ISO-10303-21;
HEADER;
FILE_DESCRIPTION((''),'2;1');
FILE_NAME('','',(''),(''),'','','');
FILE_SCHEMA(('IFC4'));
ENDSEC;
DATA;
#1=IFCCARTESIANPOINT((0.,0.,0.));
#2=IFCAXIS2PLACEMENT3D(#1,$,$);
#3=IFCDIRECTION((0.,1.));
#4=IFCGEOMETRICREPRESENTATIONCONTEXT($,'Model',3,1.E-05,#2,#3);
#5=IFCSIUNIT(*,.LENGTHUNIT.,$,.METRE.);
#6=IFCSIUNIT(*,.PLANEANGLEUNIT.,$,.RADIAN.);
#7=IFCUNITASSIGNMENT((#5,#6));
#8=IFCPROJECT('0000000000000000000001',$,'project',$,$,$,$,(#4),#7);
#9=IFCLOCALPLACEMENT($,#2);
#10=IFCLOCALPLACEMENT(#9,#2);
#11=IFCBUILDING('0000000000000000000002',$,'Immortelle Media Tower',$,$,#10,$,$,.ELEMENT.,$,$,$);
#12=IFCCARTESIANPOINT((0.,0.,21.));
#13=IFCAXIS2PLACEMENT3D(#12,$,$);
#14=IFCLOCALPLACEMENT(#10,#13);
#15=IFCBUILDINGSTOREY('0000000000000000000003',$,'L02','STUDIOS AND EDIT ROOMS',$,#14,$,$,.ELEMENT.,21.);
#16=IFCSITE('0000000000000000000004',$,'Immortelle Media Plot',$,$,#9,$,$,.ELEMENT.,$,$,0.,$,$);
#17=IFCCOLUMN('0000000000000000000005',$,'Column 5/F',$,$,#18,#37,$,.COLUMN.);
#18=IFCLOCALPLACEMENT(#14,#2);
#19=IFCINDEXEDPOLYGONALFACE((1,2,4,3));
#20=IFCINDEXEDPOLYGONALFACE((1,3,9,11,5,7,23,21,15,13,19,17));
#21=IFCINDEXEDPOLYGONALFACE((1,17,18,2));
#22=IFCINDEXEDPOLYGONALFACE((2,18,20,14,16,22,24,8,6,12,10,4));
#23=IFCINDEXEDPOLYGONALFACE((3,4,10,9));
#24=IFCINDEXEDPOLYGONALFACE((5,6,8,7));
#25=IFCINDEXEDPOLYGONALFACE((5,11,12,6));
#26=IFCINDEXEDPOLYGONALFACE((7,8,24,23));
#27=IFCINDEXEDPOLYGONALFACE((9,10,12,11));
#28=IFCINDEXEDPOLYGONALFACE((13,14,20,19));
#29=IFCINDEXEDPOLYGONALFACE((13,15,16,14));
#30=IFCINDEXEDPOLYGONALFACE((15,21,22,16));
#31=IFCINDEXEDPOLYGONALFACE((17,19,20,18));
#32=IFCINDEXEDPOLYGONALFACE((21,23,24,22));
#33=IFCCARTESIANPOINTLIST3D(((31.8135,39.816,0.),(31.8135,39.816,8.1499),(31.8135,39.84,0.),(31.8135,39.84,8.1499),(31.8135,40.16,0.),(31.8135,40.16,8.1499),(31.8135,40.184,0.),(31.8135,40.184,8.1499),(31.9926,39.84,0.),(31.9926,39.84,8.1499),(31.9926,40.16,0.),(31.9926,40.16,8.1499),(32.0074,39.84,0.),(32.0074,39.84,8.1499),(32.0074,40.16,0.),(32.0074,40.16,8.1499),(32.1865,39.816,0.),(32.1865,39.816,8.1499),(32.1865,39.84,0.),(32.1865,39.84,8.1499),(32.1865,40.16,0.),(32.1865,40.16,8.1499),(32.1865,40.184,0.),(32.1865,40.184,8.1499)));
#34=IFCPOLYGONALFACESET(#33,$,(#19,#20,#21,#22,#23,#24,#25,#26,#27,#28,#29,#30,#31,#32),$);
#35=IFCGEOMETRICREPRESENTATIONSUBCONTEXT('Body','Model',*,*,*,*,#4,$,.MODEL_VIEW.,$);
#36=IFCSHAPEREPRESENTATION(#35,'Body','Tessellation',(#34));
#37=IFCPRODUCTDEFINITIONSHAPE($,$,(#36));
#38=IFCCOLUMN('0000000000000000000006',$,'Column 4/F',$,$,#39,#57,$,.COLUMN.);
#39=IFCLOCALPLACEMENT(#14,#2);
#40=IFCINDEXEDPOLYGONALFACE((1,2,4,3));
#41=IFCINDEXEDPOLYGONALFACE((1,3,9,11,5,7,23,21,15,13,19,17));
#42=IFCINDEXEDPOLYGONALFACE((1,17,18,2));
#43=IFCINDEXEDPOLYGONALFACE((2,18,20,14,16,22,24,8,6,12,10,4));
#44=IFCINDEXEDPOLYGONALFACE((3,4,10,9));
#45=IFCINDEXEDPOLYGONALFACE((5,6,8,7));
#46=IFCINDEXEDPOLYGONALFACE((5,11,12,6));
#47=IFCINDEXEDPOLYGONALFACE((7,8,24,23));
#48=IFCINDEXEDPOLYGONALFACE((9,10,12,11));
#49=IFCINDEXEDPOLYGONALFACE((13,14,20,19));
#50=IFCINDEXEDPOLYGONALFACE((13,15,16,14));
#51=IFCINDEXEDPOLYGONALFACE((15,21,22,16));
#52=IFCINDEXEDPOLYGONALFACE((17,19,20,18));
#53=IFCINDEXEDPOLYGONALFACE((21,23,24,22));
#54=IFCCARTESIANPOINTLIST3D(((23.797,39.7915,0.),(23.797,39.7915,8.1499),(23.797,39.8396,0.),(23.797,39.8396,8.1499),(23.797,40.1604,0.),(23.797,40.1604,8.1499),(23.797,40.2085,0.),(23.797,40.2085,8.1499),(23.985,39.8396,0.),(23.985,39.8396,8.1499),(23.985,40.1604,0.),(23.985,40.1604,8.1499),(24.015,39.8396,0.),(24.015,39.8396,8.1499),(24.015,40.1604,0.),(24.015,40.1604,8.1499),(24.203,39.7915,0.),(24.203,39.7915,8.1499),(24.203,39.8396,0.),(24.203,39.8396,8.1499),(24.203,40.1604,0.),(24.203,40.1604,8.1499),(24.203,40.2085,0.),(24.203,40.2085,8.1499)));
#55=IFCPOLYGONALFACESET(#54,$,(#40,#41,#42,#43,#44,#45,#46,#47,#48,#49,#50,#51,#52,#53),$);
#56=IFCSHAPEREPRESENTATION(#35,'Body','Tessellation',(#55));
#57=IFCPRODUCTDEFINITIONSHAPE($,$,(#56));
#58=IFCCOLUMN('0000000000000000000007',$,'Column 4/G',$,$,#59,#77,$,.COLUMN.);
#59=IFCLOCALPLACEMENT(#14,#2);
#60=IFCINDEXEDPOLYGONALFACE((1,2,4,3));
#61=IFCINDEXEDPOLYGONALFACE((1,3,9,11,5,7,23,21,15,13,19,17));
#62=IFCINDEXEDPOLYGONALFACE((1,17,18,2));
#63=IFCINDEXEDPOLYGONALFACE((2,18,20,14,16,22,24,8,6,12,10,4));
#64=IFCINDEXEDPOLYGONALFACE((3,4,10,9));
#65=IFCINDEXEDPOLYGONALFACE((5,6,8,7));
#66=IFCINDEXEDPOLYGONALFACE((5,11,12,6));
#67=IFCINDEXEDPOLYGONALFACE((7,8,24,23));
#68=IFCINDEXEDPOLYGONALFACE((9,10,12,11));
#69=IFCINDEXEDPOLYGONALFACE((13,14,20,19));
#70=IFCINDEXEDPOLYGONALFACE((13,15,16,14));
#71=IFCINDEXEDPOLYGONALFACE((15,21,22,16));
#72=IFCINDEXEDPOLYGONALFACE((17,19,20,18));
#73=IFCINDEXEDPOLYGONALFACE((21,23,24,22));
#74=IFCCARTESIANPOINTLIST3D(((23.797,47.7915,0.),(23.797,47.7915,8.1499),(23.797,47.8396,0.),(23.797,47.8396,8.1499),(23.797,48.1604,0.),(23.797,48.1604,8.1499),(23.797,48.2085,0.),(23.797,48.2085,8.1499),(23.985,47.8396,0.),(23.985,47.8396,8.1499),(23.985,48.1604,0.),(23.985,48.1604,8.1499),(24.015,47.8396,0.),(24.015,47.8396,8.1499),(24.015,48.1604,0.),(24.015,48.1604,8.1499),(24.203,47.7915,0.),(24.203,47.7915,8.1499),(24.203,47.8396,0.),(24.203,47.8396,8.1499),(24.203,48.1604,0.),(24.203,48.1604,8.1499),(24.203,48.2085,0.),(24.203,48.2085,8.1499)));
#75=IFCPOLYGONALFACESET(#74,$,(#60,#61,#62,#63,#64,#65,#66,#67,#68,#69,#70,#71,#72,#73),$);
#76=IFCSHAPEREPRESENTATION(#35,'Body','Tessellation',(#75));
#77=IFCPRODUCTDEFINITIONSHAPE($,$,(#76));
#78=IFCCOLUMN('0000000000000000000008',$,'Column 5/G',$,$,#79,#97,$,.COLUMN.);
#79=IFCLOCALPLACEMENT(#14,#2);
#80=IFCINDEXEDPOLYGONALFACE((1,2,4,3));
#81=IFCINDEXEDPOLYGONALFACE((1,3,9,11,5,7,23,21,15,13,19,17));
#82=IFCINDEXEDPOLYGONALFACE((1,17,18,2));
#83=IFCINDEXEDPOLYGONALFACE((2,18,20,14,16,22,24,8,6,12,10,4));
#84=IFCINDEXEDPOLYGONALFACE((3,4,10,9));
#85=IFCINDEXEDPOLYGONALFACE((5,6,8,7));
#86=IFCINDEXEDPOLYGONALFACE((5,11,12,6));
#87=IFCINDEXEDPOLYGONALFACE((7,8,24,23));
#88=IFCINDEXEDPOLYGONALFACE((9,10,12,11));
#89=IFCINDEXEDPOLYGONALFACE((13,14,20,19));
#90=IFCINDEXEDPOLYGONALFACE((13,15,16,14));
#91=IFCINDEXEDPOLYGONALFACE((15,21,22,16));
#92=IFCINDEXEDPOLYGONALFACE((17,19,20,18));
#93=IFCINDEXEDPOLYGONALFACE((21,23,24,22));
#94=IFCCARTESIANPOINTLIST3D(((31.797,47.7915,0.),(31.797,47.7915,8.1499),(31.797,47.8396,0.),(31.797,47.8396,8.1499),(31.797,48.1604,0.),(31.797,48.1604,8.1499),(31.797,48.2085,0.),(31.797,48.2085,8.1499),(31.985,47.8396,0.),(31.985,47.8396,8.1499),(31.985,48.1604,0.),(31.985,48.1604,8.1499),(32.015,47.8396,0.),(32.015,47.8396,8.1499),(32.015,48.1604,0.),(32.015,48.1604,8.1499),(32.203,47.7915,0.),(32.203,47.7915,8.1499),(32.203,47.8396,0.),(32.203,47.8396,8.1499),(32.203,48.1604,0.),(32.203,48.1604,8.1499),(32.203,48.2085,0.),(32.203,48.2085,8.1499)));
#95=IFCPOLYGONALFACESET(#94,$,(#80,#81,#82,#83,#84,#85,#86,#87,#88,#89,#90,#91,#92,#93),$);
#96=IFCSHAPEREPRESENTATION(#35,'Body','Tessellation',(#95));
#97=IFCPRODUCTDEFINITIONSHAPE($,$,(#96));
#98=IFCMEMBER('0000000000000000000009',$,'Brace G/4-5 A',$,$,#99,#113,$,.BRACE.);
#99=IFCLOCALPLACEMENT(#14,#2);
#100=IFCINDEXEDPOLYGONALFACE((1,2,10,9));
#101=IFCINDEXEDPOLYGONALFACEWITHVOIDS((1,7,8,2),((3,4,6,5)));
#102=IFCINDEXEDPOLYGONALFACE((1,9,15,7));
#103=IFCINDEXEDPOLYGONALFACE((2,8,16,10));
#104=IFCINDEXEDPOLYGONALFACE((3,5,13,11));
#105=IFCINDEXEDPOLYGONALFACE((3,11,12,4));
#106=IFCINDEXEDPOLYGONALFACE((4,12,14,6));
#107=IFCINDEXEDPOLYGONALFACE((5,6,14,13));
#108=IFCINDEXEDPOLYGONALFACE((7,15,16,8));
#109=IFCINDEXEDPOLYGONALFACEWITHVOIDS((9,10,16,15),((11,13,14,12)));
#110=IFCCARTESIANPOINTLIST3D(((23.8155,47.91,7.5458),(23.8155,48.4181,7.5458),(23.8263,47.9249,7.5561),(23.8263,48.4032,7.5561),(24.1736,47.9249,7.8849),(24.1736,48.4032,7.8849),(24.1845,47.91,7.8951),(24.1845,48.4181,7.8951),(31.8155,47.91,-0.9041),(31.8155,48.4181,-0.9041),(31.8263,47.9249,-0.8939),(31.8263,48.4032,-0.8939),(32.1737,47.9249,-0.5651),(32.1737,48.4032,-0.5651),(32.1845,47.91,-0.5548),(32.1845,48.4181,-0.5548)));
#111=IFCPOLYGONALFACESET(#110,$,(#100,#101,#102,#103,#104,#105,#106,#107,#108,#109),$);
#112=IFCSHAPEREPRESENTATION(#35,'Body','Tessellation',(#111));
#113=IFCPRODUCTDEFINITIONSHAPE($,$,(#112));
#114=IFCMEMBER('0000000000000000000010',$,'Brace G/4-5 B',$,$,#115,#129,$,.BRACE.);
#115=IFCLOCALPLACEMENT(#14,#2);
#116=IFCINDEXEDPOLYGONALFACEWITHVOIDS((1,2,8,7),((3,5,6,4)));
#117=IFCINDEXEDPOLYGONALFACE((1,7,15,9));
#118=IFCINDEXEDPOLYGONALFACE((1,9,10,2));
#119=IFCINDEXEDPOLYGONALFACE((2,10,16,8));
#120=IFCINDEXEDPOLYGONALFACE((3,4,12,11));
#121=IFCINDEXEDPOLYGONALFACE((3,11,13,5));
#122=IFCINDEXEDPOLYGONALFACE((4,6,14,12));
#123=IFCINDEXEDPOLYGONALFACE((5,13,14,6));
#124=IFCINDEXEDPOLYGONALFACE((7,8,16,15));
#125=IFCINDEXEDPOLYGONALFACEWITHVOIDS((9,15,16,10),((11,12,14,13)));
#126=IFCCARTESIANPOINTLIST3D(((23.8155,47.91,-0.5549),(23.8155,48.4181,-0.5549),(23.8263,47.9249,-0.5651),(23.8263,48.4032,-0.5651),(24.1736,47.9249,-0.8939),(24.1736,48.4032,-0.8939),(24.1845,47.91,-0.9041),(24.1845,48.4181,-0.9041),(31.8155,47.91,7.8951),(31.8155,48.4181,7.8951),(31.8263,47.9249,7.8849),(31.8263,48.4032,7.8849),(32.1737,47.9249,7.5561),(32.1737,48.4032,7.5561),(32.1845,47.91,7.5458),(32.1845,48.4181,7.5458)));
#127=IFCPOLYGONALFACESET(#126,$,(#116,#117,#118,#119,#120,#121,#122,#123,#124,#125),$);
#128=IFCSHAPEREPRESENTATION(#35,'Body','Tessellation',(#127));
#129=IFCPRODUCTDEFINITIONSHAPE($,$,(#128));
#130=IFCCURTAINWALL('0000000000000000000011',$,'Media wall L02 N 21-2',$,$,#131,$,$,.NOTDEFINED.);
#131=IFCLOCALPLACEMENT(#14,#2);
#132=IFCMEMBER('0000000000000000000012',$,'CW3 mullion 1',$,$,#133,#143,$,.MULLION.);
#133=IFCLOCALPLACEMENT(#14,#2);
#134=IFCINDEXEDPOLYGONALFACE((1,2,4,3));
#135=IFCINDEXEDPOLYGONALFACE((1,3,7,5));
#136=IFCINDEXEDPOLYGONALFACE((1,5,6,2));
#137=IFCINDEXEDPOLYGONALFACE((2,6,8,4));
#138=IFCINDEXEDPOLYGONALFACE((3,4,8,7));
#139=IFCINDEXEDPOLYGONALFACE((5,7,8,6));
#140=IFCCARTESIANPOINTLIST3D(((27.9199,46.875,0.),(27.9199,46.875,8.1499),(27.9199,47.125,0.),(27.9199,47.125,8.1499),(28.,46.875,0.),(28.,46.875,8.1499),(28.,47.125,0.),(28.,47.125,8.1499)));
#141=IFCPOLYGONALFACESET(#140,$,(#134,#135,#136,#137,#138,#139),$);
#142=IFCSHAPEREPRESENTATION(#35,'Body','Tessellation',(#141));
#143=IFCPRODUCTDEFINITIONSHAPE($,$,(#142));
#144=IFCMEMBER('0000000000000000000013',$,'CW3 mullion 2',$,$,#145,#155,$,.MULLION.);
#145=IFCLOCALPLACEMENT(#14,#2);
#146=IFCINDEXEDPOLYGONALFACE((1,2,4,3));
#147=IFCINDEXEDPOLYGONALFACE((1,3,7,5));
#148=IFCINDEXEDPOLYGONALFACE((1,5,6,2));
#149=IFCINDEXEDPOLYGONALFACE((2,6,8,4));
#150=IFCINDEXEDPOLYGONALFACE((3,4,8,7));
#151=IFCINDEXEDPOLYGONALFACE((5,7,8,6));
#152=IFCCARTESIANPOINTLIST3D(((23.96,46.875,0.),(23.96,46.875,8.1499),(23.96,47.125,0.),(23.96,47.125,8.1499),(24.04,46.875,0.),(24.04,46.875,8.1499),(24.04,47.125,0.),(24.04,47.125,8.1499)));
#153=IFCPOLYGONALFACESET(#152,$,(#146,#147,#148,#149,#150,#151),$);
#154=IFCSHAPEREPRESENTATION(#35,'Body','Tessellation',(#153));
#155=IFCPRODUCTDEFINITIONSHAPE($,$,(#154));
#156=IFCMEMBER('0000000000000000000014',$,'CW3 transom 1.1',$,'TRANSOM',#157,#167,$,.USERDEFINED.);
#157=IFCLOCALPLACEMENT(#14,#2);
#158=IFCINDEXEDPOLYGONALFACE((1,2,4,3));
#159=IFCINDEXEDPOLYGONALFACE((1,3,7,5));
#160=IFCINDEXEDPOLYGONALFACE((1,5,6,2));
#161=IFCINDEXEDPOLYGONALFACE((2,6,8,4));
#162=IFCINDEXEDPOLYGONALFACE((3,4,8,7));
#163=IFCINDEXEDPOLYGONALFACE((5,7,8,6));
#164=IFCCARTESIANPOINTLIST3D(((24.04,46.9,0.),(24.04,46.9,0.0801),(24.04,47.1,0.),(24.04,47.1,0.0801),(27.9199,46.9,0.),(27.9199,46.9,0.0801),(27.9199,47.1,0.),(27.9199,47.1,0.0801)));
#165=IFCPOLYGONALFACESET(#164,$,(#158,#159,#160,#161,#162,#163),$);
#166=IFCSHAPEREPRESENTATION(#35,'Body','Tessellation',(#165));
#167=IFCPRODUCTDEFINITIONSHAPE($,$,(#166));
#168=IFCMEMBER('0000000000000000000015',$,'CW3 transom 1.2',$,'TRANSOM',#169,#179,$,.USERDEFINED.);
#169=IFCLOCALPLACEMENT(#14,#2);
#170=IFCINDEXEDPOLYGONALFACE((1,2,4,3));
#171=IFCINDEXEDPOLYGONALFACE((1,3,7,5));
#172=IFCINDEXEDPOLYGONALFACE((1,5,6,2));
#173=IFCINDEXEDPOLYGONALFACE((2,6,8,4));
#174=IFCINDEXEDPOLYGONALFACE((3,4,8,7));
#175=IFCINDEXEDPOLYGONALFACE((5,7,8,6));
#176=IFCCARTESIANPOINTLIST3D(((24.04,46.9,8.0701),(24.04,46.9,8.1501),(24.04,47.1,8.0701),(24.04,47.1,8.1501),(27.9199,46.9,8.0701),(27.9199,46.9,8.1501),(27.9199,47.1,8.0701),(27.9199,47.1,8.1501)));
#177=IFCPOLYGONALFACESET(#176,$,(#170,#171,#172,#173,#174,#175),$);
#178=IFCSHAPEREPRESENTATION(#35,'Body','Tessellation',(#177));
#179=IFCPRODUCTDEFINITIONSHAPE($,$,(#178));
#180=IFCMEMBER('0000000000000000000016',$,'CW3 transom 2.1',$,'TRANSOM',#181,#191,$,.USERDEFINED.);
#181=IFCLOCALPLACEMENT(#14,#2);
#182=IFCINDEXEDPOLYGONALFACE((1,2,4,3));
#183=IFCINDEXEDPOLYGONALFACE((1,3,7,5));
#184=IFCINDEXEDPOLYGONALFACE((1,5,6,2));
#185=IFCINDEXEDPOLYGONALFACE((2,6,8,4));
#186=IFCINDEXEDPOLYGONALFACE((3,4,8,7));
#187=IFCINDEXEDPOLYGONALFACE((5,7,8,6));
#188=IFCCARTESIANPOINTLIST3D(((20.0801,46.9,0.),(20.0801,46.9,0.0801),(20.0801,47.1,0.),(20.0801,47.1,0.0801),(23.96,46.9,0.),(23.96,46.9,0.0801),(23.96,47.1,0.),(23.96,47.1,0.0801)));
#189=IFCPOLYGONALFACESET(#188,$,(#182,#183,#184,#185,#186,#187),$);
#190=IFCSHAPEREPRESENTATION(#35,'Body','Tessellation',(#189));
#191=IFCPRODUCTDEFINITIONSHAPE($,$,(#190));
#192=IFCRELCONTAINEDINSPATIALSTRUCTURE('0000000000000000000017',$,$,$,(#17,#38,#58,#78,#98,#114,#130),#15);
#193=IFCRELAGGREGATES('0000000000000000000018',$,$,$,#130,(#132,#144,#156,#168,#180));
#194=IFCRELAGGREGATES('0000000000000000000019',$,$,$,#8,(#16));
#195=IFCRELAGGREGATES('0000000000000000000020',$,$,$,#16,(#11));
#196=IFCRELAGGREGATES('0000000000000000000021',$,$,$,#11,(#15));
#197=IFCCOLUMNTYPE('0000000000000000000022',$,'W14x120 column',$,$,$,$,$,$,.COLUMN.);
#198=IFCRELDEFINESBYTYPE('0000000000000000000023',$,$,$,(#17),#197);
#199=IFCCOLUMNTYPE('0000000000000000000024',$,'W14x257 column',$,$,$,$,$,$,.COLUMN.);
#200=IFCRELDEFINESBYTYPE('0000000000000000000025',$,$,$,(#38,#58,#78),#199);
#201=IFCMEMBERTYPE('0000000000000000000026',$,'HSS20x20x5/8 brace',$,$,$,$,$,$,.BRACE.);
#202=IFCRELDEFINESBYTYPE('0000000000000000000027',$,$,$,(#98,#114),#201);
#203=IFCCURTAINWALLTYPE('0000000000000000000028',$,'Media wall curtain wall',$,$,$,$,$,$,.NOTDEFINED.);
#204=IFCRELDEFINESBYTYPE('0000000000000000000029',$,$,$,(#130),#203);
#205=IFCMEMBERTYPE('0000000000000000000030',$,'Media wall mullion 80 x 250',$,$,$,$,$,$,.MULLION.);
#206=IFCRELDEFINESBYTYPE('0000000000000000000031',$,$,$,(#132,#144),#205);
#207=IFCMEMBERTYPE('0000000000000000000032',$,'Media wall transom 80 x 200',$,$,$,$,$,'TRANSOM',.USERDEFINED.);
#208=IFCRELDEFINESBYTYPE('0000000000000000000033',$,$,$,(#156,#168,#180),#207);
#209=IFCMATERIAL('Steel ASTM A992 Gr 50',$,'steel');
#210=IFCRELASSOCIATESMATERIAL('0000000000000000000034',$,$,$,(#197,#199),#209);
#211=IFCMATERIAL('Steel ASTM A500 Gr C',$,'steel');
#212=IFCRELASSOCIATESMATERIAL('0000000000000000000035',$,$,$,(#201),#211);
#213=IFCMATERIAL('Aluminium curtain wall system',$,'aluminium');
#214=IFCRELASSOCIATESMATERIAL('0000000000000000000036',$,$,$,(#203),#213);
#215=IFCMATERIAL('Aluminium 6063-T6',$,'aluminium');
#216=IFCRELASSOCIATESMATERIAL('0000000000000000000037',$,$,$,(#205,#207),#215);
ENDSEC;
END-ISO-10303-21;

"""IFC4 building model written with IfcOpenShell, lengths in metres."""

from ifc_helpers import new_model, si_unit, direction, frame, origin, origin_2d, place, context, subcontext, project, spatial, rectangle, hollow_rectangle, i_section, extrude, material, material_profile, profile_set, type_object, element, aggregate, save


model = new_model("IFC4")

# Units and contexts
model_context = context("Model", 3, precision=1e-05, world=origin(), true_north=direction((0.0, 1.0)))
body_context = subcontext(model_context, "Body", "Model", "MODEL_VIEW")
ifc_project = project(units=[si_unit("LENGTHUNIT", "METRE"), si_unit("PLANEANGLEUNIT", "RADIAN")], contexts=[model_context])

# Site, building, storey
site_placement = place(None, origin())
site = spatial("IfcSite", under=ifc_project, at=site_placement, Name="Immortelle Media Plot", CompositionType="ELEMENT", RefElevation=0.0)
building_placement = place(site_placement, origin())
building = spatial("IfcBuilding", under=site, at=building_placement, Name="Immortelle Media Tower", CompositionType="ELEMENT")
storey_placement = place(building_placement, frame((0.0, 0.0, 21.0)))
storey = spatial("IfcBuildingStorey", under=building, at=storey_placement, Name="L02", Description="STUDIOS AND EDIT ROOMS", CompositionType="ELEMENT", Elevation=21.0)

# Columns
ifc_material_1 = material(Name="Steel ASTM A992 Gr 50", Category="steel")
ifc_material_profile_1 = material_profile(ifc_material_1, i_section(OverallWidth=0.373, OverallDepth=0.3679, WebThickness=0.0149, FlangeThickness=0.0239, at=origin_2d()), Name="W14x120")
ifc_profile_set_1 = profile_set([ifc_material_profile_1], Name="Steel ASTM A992 Gr 50")
column_type_1 = type_object("IfcColumnType", Name="W14x120 column", PredefinedType="COLUMN", material=ifc_profile_set_1)
column_placement = place(storey_placement, frame((32.0, 40.0, 0.0), z_axis=(0.0, 0.0, 1.0), x_axis=(1.0, 0.0, 0.0)))
element("IfcColumn", 1, at=column_placement, inside=storey, type_object=column_type_1, Name="Column 5/F", PredefinedType="COLUMN", context=body_context, shape_type="SweptSolid", body=[
    extrude(i_section(OverallWidth=0.373, OverallDepth=0.3679, WebThickness=0.0149, FlangeThickness=0.0239, at=origin_2d()), origin(), (0.0, 0.0, 1.0), 8.1499),
])
ifc_material_profile_2 = material_profile(ifc_material_1, i_section(OverallWidth=0.406, OverallDepth=0.417, WebThickness=0.03, FlangeThickness=0.0481, at=origin_2d()), Name="W14x257")
ifc_profile_set_2 = profile_set([ifc_material_profile_2], Name="Steel ASTM A992 Gr 50")
column_type_2 = type_object("IfcColumnType", Name="W14x257 column", PredefinedType="COLUMN", material=ifc_profile_set_2)
for number, where, z_axis, x_axis, name in (
    (2, (24.0, 40.0, 0.0), (0.0, 0.0, 1.0), (1.0, 0.0, 0.0), "Column 4/F"),
    (3, (24.0, 48.0, 0.0), (0.0, 0.0, 1.0), (1.0, 0.0, 0.0), "Column 4/G"),
    (4, (32.0, 48.0, 0.0), (0.0, 0.0, 1.0), (1.0, 0.0, 0.0), "Column 5/G"),
):
    element("IfcColumn", number, at=place(storey_placement, frame(where, z_axis=z_axis, x_axis=x_axis)), inside=storey, type_object=column_type_2, Name=name, PredefinedType="COLUMN", context=body_context, shape_type="SweptSolid", body=[
        extrude(i_section(OverallWidth=0.406, OverallDepth=0.417, WebThickness=0.03, FlangeThickness=0.0481, at=origin_2d()), origin(), (0.0, 0.0, 1.0), 8.1499),
    ])

# Members
ifc_material_2 = material(Name="Steel ASTM A500 Gr C", Category="steel")
ifc_material_profile_3 = material_profile(ifc_material_2, hollow_rectangle(XDim=0.5081, YDim=0.5081, WallThickness=0.0149, at=origin_2d()), Name="HSS20x20x5/8 brace")
ifc_profile_set_3 = profile_set([ifc_material_profile_3], Name="Steel ASTM A500 Gr C")
member_type_1 = type_object("IfcMemberType", Name="HSS20x20x5/8 brace", PredefinedType="BRACE", material=ifc_profile_set_3)
for number, where, z_axis, x_axis, name in (
    (5, (32.0, 48.1641, -0.7295), (-0.687508, 0.0, 0.726176), (0.0, -1.0, 0.0), "Brace G/4-5 A"),
    (6, (32.0, 48.1641, 7.7205), (-0.687508, 0.0, -0.726176), (0.0, -1.0, 0.0), "Brace G/4-5 B"),
):
    element("IfcMember", number, at=place(storey_placement, frame(where, z_axis=z_axis, x_axis=x_axis)), inside=storey, type_object=member_type_1, Name=name, PredefinedType="BRACE", context=body_context, shape_type="SweptSolid", body=[
        extrude(hollow_rectangle(XDim=0.5081, YDim=0.5081, WallThickness=0.0149, at=origin_2d()), origin(), (0.0, 0.0, 1.0), 11.6362),
    ])

# Curtain wall, members
ifc_material_3 = material(Name="Aluminium curtain wall system", Category="aluminium")
curtain_wall_type = type_object("IfcCurtainWallType", Name="Media wall curtain wall", PredefinedType="NOTDEFINED", material=ifc_material_3)
curtain_wall_placement = place(storey_placement, origin())
curtain_wall = element("IfcCurtainWall", 7, at=curtain_wall_placement, inside=storey, type_object=curtain_wall_type, Name="Media wall L02 N 21-2", PredefinedType="NOTDEFINED")
ifc_material_4 = material(Name="Aluminium 6063-T6", Category="aluminium")
ifc_material_profile_4 = material_profile(ifc_material_4, rectangle(XDim=0.25, YDim=0.0801, at=origin_2d()), Name="AL 80x250")
ifc_profile_set_4 = profile_set([ifc_material_profile_4], Name="Aluminium 6063-T6")
member_type_2 = type_object("IfcMemberType", Name="Media wall mullion 80 x 250", PredefinedType="MULLION", material=ifc_profile_set_4)
member_1_placement = place(storey_placement, frame((27.96, 47.0, 0.0), z_axis=(0.0, 0.0, 1.0), x_axis=(0.0, -1.0, 0.0)))
member_1 = element("IfcMember", 8, at=member_1_placement, type_object=member_type_2, Name="CW3 mullion 1", PredefinedType="MULLION", context=body_context, shape_type="SweptSolid", body=[
    extrude(rectangle(XDim=0.25, YDim=0.0801, at=origin_2d()), origin(), (0.0, 0.0, 1.0), 8.1499),
])
member_2_placement = place(storey_placement, frame((24.0, 47.0, 0.0), z_axis=(0.0, 0.0, 1.0), x_axis=(0.0, -1.0, 0.0)))
member_2 = element("IfcMember", 9, at=member_2_placement, type_object=member_type_2, Name="CW3 mullion 2", PredefinedType="MULLION", context=body_context, shape_type="SweptSolid", body=[
    extrude(rectangle(XDim=0.25, YDim=0.0801, at=origin_2d()), origin(), (0.0, 0.0, 1.0), 8.1499),
])
ifc_material_profile_5 = material_profile(ifc_material_4, rectangle(XDim=0.2, YDim=0.0801, at=origin_2d()), Name="AL 80x200")
ifc_profile_set_5 = profile_set([ifc_material_profile_5], Name="Aluminium 6063-T6")
member_type_3 = type_object("IfcMemberType", Name="Media wall transom 80 x 200", ElementType="TRANSOM", PredefinedType="USERDEFINED", material=ifc_profile_set_5)
member_3_placement = place(storey_placement, frame((27.9199, 47.0, 0.04), z_axis=(-1.0, 0.0, 0.0), x_axis=(0.0, -1.0, 0.0)))
member_3 = element("IfcMember", 10, at=member_3_placement, type_object=member_type_3, Name="CW3 transom 1.1", ObjectType="TRANSOM", PredefinedType="USERDEFINED", context=body_context, shape_type="SweptSolid", body=[
    extrude(rectangle(XDim=0.2, YDim=0.0801, at=origin_2d()), origin(), (0.0, 0.0, 1.0), 3.8799),
])
member_4_placement = place(storey_placement, frame((27.9199, 47.0, 8.1101), z_axis=(-1.0, 0.0, 0.0), x_axis=(0.0, -1.0, 0.0)))
member_4 = element("IfcMember", 11, at=member_4_placement, type_object=member_type_3, Name="CW3 transom 1.2", ObjectType="TRANSOM", PredefinedType="USERDEFINED", context=body_context, shape_type="SweptSolid", body=[
    extrude(rectangle(XDim=0.2, YDim=0.0801, at=origin_2d()), origin(), (0.0, 0.0, 1.0), 3.8799),
])
member_5_placement = place(storey_placement, frame((23.96, 47.0, 0.04), z_axis=(-1.0, 0.0, 0.0), x_axis=(0.0, -1.0, 0.0)))
member_5 = element("IfcMember", 12, at=member_5_placement, type_object=member_type_3, Name="CW3 transom 2.1", ObjectType="TRANSOM", PredefinedType="USERDEFINED", context=body_context, shape_type="SweptSolid", body=[
    extrude(rectangle(XDim=0.2, YDim=0.0801, at=origin_2d()), origin(), (0.0, 0.0, 1.0), 3.8799),
])

aggregate(curtain_wall, [member_1, member_2, member_3, member_4, member_5])

save(model, "model.ifc")
